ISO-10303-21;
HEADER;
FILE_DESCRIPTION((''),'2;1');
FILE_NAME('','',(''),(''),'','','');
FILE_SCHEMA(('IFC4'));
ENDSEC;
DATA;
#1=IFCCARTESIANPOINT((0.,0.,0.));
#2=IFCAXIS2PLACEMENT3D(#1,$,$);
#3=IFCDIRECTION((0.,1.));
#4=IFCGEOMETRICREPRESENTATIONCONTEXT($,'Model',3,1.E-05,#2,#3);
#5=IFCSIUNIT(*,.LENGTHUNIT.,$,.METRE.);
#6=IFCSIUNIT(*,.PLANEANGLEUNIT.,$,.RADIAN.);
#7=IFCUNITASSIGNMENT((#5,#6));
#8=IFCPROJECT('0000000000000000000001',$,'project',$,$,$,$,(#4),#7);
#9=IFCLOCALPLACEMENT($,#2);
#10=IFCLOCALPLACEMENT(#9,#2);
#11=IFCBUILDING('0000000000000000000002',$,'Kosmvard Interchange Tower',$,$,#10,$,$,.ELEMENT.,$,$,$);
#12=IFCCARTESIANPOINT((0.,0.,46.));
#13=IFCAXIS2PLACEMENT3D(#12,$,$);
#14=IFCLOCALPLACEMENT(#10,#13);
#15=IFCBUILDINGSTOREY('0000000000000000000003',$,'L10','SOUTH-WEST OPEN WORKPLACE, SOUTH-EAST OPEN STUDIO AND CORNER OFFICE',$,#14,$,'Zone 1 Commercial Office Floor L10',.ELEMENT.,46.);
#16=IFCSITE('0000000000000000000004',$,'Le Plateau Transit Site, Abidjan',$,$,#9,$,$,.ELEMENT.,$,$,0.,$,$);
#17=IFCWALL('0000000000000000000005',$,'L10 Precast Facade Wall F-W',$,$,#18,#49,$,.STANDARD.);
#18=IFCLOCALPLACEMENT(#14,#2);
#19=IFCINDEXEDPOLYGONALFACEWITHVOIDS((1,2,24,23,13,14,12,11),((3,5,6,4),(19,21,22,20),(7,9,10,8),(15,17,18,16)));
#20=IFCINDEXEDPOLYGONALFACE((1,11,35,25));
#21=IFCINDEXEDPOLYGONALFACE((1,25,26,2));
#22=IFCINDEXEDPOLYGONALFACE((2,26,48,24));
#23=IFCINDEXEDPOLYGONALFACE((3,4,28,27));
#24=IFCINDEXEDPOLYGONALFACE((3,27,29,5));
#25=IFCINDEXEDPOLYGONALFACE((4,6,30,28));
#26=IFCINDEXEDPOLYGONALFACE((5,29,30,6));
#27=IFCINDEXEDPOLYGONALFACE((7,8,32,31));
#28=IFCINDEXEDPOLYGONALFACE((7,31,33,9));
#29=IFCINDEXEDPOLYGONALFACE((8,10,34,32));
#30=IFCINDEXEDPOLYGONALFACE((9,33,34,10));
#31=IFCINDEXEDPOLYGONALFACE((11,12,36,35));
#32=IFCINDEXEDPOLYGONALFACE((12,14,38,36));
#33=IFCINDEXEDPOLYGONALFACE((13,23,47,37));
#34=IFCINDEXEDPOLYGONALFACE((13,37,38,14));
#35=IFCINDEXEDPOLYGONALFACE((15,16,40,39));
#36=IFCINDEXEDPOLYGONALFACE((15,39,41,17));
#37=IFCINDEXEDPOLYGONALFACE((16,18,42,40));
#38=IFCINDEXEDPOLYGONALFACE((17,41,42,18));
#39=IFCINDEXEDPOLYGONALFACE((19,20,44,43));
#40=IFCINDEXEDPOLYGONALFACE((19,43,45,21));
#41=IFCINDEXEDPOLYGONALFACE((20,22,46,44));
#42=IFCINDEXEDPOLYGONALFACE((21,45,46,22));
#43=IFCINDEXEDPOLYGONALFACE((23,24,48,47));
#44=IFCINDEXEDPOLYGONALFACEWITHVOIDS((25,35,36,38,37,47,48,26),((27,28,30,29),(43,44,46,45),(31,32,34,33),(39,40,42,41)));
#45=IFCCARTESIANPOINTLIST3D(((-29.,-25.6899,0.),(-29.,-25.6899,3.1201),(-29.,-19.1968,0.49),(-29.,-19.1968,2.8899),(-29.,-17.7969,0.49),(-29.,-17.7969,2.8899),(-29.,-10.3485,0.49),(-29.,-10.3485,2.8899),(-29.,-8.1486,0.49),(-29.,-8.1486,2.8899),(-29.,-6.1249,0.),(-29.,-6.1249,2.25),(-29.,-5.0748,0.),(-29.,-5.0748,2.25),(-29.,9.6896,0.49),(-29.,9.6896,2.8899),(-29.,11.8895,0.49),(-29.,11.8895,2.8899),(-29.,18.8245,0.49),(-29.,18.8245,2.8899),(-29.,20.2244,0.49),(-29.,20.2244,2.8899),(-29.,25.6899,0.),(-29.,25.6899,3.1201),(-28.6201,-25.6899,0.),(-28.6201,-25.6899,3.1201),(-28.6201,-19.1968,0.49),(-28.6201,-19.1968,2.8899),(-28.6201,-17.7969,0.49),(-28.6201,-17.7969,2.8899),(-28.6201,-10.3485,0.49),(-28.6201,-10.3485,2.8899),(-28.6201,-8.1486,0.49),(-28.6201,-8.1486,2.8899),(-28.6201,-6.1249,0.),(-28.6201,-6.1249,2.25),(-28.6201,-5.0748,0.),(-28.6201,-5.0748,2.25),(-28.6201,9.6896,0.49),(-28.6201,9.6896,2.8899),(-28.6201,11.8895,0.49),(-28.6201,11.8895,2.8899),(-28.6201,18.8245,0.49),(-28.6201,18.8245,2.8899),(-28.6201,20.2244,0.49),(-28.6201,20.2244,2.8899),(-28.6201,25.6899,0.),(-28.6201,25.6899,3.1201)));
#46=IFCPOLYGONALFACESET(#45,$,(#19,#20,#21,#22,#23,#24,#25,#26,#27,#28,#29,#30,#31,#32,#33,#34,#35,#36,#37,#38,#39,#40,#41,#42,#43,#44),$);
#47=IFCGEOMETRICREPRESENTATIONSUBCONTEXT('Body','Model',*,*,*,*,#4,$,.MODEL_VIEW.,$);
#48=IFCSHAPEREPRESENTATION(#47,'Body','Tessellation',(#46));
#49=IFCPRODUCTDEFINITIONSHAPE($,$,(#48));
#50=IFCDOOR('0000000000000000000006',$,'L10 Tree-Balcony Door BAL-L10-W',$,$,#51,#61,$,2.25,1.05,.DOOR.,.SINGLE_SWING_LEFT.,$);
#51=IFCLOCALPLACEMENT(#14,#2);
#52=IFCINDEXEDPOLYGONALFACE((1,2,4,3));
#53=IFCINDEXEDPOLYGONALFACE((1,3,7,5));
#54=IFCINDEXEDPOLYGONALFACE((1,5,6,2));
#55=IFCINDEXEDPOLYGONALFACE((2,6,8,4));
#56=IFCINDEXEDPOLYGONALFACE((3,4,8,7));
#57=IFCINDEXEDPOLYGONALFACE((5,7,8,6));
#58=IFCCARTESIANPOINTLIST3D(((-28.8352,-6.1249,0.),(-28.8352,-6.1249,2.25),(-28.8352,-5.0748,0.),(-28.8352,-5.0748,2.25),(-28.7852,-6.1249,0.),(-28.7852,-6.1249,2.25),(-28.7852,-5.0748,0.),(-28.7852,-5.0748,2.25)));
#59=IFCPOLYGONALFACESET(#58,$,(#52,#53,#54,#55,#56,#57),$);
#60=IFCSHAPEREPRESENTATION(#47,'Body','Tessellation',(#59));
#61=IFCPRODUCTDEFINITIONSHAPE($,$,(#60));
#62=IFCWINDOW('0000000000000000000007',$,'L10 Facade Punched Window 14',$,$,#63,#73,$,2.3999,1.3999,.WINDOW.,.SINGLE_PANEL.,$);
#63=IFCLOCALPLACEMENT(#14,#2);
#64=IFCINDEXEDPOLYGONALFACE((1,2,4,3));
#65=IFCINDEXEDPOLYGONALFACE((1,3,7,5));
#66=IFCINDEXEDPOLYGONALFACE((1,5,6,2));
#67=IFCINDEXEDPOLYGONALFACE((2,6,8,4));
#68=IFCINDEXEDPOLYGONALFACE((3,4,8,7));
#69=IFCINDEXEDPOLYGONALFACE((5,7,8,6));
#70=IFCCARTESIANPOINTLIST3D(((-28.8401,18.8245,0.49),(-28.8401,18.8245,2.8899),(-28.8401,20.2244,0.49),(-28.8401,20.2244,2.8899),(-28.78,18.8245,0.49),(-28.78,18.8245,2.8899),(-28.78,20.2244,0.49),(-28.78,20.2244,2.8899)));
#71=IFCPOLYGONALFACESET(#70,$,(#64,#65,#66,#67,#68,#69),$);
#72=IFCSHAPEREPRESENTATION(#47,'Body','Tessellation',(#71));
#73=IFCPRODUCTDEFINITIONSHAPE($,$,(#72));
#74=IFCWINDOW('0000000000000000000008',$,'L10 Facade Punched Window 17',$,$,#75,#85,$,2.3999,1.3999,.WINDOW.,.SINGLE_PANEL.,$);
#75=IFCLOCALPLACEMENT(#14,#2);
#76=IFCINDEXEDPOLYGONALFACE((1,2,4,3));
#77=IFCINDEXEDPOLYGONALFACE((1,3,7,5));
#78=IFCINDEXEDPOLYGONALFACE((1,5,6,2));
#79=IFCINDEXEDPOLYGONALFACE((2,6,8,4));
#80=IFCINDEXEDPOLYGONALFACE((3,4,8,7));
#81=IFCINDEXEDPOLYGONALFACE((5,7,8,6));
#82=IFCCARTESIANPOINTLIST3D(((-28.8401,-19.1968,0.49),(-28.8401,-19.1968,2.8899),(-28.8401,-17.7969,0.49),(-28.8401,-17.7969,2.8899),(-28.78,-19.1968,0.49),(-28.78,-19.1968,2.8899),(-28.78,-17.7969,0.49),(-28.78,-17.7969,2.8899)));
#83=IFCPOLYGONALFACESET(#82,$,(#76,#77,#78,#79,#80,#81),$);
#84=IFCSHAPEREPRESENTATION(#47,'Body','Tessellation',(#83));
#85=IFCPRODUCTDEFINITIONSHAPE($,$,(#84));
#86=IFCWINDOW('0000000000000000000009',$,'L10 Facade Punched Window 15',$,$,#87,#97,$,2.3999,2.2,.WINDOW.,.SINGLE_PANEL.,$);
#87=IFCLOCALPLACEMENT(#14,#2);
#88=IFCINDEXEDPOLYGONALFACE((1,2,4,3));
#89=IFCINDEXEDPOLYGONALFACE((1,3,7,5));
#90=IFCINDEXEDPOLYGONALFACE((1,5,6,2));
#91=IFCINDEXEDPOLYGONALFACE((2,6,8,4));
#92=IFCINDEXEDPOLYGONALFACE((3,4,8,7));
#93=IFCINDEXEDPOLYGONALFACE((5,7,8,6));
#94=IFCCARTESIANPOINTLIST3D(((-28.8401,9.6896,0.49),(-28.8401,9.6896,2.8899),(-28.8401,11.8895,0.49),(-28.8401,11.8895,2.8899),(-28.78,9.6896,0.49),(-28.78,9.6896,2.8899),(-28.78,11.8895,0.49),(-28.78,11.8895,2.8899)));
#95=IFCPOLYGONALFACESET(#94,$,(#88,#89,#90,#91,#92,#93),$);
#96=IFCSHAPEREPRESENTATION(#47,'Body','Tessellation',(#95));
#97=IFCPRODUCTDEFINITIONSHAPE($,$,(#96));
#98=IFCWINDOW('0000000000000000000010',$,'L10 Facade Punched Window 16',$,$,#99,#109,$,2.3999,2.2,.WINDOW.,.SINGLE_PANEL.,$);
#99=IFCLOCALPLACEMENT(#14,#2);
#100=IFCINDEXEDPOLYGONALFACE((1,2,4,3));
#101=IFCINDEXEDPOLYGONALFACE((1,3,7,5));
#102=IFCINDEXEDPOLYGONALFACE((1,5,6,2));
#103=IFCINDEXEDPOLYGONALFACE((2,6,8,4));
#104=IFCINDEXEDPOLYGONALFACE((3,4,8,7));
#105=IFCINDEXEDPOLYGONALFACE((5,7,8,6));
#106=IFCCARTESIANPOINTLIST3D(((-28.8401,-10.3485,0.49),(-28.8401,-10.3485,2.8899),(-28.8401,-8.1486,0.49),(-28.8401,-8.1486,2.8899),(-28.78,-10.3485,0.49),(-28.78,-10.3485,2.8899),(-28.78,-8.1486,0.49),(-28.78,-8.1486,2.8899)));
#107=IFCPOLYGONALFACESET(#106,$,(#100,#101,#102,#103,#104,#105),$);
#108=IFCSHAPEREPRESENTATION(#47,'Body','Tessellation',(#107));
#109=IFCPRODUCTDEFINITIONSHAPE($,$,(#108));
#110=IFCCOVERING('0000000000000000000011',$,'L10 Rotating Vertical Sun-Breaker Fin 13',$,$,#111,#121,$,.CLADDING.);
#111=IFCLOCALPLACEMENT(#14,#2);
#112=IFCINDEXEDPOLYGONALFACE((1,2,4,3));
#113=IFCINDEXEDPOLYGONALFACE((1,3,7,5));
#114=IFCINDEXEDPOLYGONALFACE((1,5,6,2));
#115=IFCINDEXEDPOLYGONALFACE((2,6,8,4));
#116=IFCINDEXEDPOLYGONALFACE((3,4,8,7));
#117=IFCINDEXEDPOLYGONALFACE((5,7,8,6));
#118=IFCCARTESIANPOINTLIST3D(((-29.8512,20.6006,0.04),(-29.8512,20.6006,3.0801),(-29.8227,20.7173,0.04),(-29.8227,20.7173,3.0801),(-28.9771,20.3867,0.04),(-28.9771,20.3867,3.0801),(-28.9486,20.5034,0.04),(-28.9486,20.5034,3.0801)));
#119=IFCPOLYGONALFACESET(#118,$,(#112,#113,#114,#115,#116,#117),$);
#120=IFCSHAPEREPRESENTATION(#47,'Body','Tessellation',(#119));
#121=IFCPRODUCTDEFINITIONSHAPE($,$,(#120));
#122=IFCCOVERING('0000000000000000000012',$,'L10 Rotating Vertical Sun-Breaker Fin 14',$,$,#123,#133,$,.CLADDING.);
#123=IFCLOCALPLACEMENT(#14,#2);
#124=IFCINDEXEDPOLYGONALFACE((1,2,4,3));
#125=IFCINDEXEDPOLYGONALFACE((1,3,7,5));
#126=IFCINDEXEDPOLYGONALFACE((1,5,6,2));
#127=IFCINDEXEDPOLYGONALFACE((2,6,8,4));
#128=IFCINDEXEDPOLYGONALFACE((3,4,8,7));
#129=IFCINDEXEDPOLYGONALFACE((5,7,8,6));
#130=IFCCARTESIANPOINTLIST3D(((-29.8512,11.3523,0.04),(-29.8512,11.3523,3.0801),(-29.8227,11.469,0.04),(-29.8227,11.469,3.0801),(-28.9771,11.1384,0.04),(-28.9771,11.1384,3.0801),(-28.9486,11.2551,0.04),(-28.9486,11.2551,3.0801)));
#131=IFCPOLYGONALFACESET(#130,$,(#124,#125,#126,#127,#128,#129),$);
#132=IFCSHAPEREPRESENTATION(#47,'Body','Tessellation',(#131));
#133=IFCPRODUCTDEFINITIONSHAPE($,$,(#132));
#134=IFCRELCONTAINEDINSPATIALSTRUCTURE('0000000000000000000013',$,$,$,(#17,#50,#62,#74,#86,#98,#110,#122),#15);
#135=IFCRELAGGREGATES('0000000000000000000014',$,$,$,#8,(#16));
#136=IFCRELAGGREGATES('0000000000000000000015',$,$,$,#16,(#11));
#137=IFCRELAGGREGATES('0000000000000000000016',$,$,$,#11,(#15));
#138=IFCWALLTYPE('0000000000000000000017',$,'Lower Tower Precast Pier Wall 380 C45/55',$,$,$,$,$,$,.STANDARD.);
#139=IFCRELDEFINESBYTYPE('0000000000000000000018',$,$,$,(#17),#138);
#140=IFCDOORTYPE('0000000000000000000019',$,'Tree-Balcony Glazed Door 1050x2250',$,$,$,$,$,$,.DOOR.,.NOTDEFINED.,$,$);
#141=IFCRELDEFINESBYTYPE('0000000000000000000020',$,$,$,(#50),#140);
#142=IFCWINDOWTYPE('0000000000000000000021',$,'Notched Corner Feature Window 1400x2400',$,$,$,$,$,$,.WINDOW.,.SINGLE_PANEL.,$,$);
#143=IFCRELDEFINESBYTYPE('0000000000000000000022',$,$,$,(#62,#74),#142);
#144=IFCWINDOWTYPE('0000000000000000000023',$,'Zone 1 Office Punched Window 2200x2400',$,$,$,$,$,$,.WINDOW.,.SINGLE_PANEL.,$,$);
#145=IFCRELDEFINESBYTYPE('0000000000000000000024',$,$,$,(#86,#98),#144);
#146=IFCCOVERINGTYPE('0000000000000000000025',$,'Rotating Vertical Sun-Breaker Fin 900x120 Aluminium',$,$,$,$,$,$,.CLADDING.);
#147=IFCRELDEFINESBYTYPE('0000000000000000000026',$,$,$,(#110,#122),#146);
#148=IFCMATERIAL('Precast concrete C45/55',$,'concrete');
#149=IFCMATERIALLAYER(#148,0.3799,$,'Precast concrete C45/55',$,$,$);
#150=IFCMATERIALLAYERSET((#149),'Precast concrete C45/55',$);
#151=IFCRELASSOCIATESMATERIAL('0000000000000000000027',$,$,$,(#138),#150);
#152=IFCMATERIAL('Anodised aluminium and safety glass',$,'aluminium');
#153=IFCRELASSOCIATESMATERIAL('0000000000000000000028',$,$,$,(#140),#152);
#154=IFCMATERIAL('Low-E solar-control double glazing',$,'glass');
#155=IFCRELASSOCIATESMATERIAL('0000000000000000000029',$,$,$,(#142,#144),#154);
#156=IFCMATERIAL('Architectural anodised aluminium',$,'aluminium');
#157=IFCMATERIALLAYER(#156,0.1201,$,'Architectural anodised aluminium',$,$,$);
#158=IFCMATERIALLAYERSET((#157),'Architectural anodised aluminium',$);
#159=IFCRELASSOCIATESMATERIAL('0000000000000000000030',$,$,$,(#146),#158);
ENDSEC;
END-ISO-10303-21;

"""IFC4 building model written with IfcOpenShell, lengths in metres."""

from ifc_helpers import new_model, si_unit, direction, frame, frame_2d, origin, origin_2d, place, context, subcontext, project, spatial, rectangle, extrude, source, transform, mapped, material, layer, layer_set, type_object, element, fill, save


model = new_model("IFC4")

# Units and contexts
model_context = context("Model", 3, precision=1e-05, world=origin(), true_north=direction((0.0, 1.0)))
body_context = subcontext(model_context, "Body", "Model", "MODEL_VIEW")
ifc_project = project(units=[si_unit("LENGTHUNIT", "METRE"), si_unit("PLANEANGLEUNIT", "RADIAN")], contexts=[model_context])

# Site, building, storey
site_placement = place(None, origin())
site = spatial("IfcSite", under=ifc_project, at=site_placement, Name="Le Plateau Transit Site, Abidjan", CompositionType="ELEMENT", RefElevation=0.0)
building_placement = place(site_placement, origin())
building = spatial("IfcBuilding", under=site, at=building_placement, Name="Kosmvard Interchange Tower", CompositionType="ELEMENT")
storey_placement = place(building_placement, frame((0.0, 0.0, 46.0)))
storey = spatial("IfcBuildingStorey", under=building, at=storey_placement, Name="L10", Description="SOUTH-WEST OPEN WORKPLACE, SOUTH-EAST OPEN STUDIO AND CORNER OFFICE", LongName="Zone 1 Commercial Office Floor L10", CompositionType="ELEMENT", Elevation=46.0)

# Shared definitions
ifc_material_1 = material(Name="Precast concrete C45/55", Category="concrete")

# Shared definitions
ifc_layer_1 = layer(ifc_material_1, 0.3799, Name="Precast concrete C45/55")
ifc_layer_set_1 = layer_set([ifc_layer_1], Name="Precast concrete C45/55")
wall_type = type_object("IfcWallType", Name="Lower Tower Precast Pier Wall 380 C45/55", PredefinedType="STANDARD", material=ifc_layer_set_1)

# Wall, openings, door, windows
wall_1_placement = place(storey_placement, frame((-28.8101, 25.6899, 0.0), z_axis=(0.0, 0.0, 1.0), x_axis=(0.0, -1.0, 0.0)))
wall_1 = element("IfcWall", 1, at=wall_1_placement, inside=storey, type_object=wall_type, Name="L10 Precast Facade Wall F-W", PredefinedType="STANDARD", context=body_context, shape_type="SweptSolid", body=[
    extrude(rectangle(XDim=51.3799, YDim=0.3799, at=frame_2d((25.6899, 0.0))), origin(), (0.0, 0.0, 1.0), 3.1201),
])
opening_1_placement = place(wall_1_placement, frame((30.7649, 0.0, 0.0)))
opening_1 = element("IfcOpeningElement", 2, at=opening_1_placement, cuts=wall_1, PredefinedType="OPENING", context=body_context, shape_type="SweptSolid", body=[
    extrude(rectangle(XDim=1.05, YDim=2.25, at=frame_2d((0.5249, 1.125))), frame((0.0, 0.2, 0.0), z_axis=(0.0, -1.0, 0.0), x_axis=(1.0, 0.0, 0.0)), (0.0, 0.0, 1.0), 0.3999),
])
opening_2_placement = place(wall_1_placement, frame((5.4656, 0.0, 0.49)))
opening_2 = element("IfcOpeningElement", 3, at=opening_2_placement, cuts=wall_1, PredefinedType="OPENING", context=body_context, shape_type="SweptSolid", body=[
    extrude(rectangle(XDim=1.3999, YDim=2.3999, at=frame_2d((0.7, 1.2))), frame((0.0, 0.2, 0.0), z_axis=(0.0, -1.0, 0.0), x_axis=(1.0, 0.0, 0.0)), (0.0, 0.0, 1.0), 0.3999),
])
opening_3_placement = place(wall_1_placement, frame((13.8003, 0.0, 0.49)))
opening_3 = element("IfcOpeningElement", 4, at=opening_3_placement, cuts=wall_1, PredefinedType="OPENING", context=body_context, shape_type="SweptSolid", body=[
    extrude(rectangle(XDim=2.2, YDim=2.3999, at=frame_2d((1.1001, 1.2))), frame((0.0, 0.2, 0.0), z_axis=(0.0, -1.0, 0.0), x_axis=(1.0, 0.0, 0.0)), (0.0, 0.0, 1.0), 0.3999),
])
opening_4_placement = place(wall_1_placement, frame((33.8384, 0.0, 0.49)))
opening_4 = element("IfcOpeningElement", 5, at=opening_4_placement, cuts=wall_1, PredefinedType="OPENING", context=body_context, shape_type="SweptSolid", body=[
    extrude(rectangle(XDim=2.2, YDim=2.3999, at=frame_2d((1.1001, 1.2))), frame((0.0, 0.2, 0.0), z_axis=(0.0, -1.0, 0.0), x_axis=(1.0, 0.0, 0.0)), (0.0, 0.0, 1.0), 0.3999),
])
opening_5_placement = place(wall_1_placement, frame((43.4868, 0.0, 0.49)))
opening_5 = element("IfcOpeningElement", 6, at=opening_5_placement, cuts=wall_1, PredefinedType="OPENING", context=body_context, shape_type="SweptSolid", body=[
    extrude(rectangle(XDim=1.3999, YDim=2.3999, at=frame_2d((0.7, 1.2))), frame((0.0, 0.2, 0.0), z_axis=(0.0, -1.0, 0.0), x_axis=(1.0, 0.0, 0.0)), (0.0, 0.0, 1.0), 0.3999),
])
ifc_material_2 = material(Name="Anodised aluminium and safety glass", Category="aluminium")
door_type = type_object("IfcDoorType", Name="Tree-Balcony Glazed Door 1050x2250", OperationType="NOTDEFINED", PredefinedType="DOOR", material=ifc_material_2)
shared_shape_1 = source(origin(), body_context, "Body", "SweptSolid", [
    extrude(rectangle(XDim=1.05, YDim=2.25, at=frame_2d((0.5249, 1.125))), frame((0.0, 0.0249, 0.0), z_axis=(0.0, -1.0, 0.0), x_axis=(1.0, 0.0, 0.0)), (0.0, 0.0, 1.0), 0.05),
])
door_placement = place(opening_1_placement, origin())
door = element("IfcDoor", 7, at=door_placement, inside=storey, type_object=door_type, Name="L10 Tree-Balcony Door BAL-L10-W", OperationType="SINGLE_SWING_LEFT", OverallHeight=2.25, OverallWidth=1.05, PredefinedType="DOOR", context=body_context, shape_type="MappedRepresentation", body=[
    mapped(shared_shape_1, transform((0.0, 0.0, 0.0), scale=1.0)),
])
fill(opening_1, door)
ifc_material_3 = material(Name="Low-E solar-control double glazing", Category="glass")
window_type_1 = type_object("IfcWindowType", Name="Notched Corner Feature Window 1400x2400", PartitioningType="SINGLE_PANEL", PredefinedType="WINDOW", material=ifc_material_3)
shared_shape_2 = source(origin(), body_context, "Body", "SweptSolid", [
    extrude(rectangle(XDim=1.3999, YDim=2.3999, at=frame_2d((0.7, 1.2))), frame((0.0, 0.03, 0.0), z_axis=(0.0, -1.0, 0.0), x_axis=(1.0, 0.0, 0.0)), (0.0, 0.0, 1.0), 0.0601),
])
window_1_placement = place(opening_2_placement, origin())
window_1 = element("IfcWindow", 8, at=window_1_placement, inside=storey, type_object=window_type_1, Name="L10 Facade Punched Window 14", OverallHeight=2.3999, OverallWidth=1.3999, PartitioningType="SINGLE_PANEL", PredefinedType="WINDOW", context=body_context, shape_type="MappedRepresentation", body=[
    mapped(shared_shape_2, transform((0.0, 0.0, 0.0), scale=1.0)),
])
fill(opening_2, window_1)
window_2_placement = place(opening_5_placement, origin())
window_2 = element("IfcWindow", 9, at=window_2_placement, inside=storey, type_object=window_type_1, Name="L10 Facade Punched Window 17", OverallHeight=2.3999, OverallWidth=1.3999, PartitioningType="SINGLE_PANEL", PredefinedType="WINDOW", context=body_context, shape_type="MappedRepresentation", body=[
    mapped(shared_shape_2, transform((0.0, 0.0, 0.0), scale=1.0)),
])
fill(opening_5, window_2)
window_type_2 = type_object("IfcWindowType", Name="Zone 1 Office Punched Window 2200x2400", PartitioningType="SINGLE_PANEL", PredefinedType="WINDOW", material=ifc_material_3)
shared_shape_3 = source(origin(), body_context, "Body", "SweptSolid", [
    extrude(rectangle(XDim=2.2, YDim=2.3999, at=frame_2d((1.1001, 1.2))), frame((0.0, 0.03, 0.0), z_axis=(0.0, -1.0, 0.0), x_axis=(1.0, 0.0, 0.0)), (0.0, 0.0, 1.0), 0.0601),
])
window_3_placement = place(opening_3_placement, origin())
window_3 = element("IfcWindow", 10, at=window_3_placement, inside=storey, type_object=window_type_2, Name="L10 Facade Punched Window 15", OverallHeight=2.3999, OverallWidth=2.2, PartitioningType="SINGLE_PANEL", PredefinedType="WINDOW", context=body_context, shape_type="MappedRepresentation", body=[
    mapped(shared_shape_3, transform((0.0, 0.0, 0.0), scale=1.0)),
])
fill(opening_3, window_3)
window_4_placement = place(opening_4_placement, origin())
window_4 = element("IfcWindow", 11, at=window_4_placement, inside=storey, type_object=window_type_2, Name="L10 Facade Punched Window 16", OverallHeight=2.3999, OverallWidth=2.2, PartitioningType="SINGLE_PANEL", PredefinedType="WINDOW", context=body_context, shape_type="MappedRepresentation", body=[
    mapped(shared_shape_3, transform((0.0, 0.0, 0.0), scale=1.0)),
])
fill(opening_4, window_4)

# Coverings
ifc_material_4 = material(Name="Architectural anodised aluminium", Category="aluminium")
ifc_layer_2 = layer(ifc_material_4, 0.1201, Name="Architectural anodised aluminium")
ifc_layer_set_2 = layer_set([ifc_layer_2], Name="Architectural anodised aluminium")
covering_type = type_object("IfcCoveringType", Name="Rotating Vertical Sun-Breaker Fin 900x120 Aluminium", PredefinedType="CLADDING", material=ifc_layer_set_2)
shared_shape_4 = source(origin(), body_context, "Body", "SweptSolid", [
    extrude(rectangle(XDim=0.8999, YDim=0.1201, at=origin_2d()), origin(), (0.0, 0.0, 1.0), 3.04),
])
for number, where, z_axis, x_axis, name in (
    (12, (-29.3999, 20.552, 0.04), (0.0, 0.0, 1.0), (-0.971342, 0.237686, 0.0), "L10 Rotating Vertical Sun-Breaker Fin 13"),
    (13, (-29.3999, 11.3037, 0.04), (0.0, 0.0, 1.0), (-0.971342, 0.237686, 0.0), "L10 Rotating Vertical Sun-Breaker Fin 14"),
):
    element("IfcCovering", number, at=place(storey_placement, frame(where, z_axis=z_axis, x_axis=x_axis)), inside=storey, type_object=covering_type, Name=name, PredefinedType="CLADDING", context=body_context, shape_type="MappedRepresentation", body=[
        mapped(shared_shape_4, transform((0.0, 0.0, 0.0), scale=1.0)),
    ])

save(model, "model.ifc")
